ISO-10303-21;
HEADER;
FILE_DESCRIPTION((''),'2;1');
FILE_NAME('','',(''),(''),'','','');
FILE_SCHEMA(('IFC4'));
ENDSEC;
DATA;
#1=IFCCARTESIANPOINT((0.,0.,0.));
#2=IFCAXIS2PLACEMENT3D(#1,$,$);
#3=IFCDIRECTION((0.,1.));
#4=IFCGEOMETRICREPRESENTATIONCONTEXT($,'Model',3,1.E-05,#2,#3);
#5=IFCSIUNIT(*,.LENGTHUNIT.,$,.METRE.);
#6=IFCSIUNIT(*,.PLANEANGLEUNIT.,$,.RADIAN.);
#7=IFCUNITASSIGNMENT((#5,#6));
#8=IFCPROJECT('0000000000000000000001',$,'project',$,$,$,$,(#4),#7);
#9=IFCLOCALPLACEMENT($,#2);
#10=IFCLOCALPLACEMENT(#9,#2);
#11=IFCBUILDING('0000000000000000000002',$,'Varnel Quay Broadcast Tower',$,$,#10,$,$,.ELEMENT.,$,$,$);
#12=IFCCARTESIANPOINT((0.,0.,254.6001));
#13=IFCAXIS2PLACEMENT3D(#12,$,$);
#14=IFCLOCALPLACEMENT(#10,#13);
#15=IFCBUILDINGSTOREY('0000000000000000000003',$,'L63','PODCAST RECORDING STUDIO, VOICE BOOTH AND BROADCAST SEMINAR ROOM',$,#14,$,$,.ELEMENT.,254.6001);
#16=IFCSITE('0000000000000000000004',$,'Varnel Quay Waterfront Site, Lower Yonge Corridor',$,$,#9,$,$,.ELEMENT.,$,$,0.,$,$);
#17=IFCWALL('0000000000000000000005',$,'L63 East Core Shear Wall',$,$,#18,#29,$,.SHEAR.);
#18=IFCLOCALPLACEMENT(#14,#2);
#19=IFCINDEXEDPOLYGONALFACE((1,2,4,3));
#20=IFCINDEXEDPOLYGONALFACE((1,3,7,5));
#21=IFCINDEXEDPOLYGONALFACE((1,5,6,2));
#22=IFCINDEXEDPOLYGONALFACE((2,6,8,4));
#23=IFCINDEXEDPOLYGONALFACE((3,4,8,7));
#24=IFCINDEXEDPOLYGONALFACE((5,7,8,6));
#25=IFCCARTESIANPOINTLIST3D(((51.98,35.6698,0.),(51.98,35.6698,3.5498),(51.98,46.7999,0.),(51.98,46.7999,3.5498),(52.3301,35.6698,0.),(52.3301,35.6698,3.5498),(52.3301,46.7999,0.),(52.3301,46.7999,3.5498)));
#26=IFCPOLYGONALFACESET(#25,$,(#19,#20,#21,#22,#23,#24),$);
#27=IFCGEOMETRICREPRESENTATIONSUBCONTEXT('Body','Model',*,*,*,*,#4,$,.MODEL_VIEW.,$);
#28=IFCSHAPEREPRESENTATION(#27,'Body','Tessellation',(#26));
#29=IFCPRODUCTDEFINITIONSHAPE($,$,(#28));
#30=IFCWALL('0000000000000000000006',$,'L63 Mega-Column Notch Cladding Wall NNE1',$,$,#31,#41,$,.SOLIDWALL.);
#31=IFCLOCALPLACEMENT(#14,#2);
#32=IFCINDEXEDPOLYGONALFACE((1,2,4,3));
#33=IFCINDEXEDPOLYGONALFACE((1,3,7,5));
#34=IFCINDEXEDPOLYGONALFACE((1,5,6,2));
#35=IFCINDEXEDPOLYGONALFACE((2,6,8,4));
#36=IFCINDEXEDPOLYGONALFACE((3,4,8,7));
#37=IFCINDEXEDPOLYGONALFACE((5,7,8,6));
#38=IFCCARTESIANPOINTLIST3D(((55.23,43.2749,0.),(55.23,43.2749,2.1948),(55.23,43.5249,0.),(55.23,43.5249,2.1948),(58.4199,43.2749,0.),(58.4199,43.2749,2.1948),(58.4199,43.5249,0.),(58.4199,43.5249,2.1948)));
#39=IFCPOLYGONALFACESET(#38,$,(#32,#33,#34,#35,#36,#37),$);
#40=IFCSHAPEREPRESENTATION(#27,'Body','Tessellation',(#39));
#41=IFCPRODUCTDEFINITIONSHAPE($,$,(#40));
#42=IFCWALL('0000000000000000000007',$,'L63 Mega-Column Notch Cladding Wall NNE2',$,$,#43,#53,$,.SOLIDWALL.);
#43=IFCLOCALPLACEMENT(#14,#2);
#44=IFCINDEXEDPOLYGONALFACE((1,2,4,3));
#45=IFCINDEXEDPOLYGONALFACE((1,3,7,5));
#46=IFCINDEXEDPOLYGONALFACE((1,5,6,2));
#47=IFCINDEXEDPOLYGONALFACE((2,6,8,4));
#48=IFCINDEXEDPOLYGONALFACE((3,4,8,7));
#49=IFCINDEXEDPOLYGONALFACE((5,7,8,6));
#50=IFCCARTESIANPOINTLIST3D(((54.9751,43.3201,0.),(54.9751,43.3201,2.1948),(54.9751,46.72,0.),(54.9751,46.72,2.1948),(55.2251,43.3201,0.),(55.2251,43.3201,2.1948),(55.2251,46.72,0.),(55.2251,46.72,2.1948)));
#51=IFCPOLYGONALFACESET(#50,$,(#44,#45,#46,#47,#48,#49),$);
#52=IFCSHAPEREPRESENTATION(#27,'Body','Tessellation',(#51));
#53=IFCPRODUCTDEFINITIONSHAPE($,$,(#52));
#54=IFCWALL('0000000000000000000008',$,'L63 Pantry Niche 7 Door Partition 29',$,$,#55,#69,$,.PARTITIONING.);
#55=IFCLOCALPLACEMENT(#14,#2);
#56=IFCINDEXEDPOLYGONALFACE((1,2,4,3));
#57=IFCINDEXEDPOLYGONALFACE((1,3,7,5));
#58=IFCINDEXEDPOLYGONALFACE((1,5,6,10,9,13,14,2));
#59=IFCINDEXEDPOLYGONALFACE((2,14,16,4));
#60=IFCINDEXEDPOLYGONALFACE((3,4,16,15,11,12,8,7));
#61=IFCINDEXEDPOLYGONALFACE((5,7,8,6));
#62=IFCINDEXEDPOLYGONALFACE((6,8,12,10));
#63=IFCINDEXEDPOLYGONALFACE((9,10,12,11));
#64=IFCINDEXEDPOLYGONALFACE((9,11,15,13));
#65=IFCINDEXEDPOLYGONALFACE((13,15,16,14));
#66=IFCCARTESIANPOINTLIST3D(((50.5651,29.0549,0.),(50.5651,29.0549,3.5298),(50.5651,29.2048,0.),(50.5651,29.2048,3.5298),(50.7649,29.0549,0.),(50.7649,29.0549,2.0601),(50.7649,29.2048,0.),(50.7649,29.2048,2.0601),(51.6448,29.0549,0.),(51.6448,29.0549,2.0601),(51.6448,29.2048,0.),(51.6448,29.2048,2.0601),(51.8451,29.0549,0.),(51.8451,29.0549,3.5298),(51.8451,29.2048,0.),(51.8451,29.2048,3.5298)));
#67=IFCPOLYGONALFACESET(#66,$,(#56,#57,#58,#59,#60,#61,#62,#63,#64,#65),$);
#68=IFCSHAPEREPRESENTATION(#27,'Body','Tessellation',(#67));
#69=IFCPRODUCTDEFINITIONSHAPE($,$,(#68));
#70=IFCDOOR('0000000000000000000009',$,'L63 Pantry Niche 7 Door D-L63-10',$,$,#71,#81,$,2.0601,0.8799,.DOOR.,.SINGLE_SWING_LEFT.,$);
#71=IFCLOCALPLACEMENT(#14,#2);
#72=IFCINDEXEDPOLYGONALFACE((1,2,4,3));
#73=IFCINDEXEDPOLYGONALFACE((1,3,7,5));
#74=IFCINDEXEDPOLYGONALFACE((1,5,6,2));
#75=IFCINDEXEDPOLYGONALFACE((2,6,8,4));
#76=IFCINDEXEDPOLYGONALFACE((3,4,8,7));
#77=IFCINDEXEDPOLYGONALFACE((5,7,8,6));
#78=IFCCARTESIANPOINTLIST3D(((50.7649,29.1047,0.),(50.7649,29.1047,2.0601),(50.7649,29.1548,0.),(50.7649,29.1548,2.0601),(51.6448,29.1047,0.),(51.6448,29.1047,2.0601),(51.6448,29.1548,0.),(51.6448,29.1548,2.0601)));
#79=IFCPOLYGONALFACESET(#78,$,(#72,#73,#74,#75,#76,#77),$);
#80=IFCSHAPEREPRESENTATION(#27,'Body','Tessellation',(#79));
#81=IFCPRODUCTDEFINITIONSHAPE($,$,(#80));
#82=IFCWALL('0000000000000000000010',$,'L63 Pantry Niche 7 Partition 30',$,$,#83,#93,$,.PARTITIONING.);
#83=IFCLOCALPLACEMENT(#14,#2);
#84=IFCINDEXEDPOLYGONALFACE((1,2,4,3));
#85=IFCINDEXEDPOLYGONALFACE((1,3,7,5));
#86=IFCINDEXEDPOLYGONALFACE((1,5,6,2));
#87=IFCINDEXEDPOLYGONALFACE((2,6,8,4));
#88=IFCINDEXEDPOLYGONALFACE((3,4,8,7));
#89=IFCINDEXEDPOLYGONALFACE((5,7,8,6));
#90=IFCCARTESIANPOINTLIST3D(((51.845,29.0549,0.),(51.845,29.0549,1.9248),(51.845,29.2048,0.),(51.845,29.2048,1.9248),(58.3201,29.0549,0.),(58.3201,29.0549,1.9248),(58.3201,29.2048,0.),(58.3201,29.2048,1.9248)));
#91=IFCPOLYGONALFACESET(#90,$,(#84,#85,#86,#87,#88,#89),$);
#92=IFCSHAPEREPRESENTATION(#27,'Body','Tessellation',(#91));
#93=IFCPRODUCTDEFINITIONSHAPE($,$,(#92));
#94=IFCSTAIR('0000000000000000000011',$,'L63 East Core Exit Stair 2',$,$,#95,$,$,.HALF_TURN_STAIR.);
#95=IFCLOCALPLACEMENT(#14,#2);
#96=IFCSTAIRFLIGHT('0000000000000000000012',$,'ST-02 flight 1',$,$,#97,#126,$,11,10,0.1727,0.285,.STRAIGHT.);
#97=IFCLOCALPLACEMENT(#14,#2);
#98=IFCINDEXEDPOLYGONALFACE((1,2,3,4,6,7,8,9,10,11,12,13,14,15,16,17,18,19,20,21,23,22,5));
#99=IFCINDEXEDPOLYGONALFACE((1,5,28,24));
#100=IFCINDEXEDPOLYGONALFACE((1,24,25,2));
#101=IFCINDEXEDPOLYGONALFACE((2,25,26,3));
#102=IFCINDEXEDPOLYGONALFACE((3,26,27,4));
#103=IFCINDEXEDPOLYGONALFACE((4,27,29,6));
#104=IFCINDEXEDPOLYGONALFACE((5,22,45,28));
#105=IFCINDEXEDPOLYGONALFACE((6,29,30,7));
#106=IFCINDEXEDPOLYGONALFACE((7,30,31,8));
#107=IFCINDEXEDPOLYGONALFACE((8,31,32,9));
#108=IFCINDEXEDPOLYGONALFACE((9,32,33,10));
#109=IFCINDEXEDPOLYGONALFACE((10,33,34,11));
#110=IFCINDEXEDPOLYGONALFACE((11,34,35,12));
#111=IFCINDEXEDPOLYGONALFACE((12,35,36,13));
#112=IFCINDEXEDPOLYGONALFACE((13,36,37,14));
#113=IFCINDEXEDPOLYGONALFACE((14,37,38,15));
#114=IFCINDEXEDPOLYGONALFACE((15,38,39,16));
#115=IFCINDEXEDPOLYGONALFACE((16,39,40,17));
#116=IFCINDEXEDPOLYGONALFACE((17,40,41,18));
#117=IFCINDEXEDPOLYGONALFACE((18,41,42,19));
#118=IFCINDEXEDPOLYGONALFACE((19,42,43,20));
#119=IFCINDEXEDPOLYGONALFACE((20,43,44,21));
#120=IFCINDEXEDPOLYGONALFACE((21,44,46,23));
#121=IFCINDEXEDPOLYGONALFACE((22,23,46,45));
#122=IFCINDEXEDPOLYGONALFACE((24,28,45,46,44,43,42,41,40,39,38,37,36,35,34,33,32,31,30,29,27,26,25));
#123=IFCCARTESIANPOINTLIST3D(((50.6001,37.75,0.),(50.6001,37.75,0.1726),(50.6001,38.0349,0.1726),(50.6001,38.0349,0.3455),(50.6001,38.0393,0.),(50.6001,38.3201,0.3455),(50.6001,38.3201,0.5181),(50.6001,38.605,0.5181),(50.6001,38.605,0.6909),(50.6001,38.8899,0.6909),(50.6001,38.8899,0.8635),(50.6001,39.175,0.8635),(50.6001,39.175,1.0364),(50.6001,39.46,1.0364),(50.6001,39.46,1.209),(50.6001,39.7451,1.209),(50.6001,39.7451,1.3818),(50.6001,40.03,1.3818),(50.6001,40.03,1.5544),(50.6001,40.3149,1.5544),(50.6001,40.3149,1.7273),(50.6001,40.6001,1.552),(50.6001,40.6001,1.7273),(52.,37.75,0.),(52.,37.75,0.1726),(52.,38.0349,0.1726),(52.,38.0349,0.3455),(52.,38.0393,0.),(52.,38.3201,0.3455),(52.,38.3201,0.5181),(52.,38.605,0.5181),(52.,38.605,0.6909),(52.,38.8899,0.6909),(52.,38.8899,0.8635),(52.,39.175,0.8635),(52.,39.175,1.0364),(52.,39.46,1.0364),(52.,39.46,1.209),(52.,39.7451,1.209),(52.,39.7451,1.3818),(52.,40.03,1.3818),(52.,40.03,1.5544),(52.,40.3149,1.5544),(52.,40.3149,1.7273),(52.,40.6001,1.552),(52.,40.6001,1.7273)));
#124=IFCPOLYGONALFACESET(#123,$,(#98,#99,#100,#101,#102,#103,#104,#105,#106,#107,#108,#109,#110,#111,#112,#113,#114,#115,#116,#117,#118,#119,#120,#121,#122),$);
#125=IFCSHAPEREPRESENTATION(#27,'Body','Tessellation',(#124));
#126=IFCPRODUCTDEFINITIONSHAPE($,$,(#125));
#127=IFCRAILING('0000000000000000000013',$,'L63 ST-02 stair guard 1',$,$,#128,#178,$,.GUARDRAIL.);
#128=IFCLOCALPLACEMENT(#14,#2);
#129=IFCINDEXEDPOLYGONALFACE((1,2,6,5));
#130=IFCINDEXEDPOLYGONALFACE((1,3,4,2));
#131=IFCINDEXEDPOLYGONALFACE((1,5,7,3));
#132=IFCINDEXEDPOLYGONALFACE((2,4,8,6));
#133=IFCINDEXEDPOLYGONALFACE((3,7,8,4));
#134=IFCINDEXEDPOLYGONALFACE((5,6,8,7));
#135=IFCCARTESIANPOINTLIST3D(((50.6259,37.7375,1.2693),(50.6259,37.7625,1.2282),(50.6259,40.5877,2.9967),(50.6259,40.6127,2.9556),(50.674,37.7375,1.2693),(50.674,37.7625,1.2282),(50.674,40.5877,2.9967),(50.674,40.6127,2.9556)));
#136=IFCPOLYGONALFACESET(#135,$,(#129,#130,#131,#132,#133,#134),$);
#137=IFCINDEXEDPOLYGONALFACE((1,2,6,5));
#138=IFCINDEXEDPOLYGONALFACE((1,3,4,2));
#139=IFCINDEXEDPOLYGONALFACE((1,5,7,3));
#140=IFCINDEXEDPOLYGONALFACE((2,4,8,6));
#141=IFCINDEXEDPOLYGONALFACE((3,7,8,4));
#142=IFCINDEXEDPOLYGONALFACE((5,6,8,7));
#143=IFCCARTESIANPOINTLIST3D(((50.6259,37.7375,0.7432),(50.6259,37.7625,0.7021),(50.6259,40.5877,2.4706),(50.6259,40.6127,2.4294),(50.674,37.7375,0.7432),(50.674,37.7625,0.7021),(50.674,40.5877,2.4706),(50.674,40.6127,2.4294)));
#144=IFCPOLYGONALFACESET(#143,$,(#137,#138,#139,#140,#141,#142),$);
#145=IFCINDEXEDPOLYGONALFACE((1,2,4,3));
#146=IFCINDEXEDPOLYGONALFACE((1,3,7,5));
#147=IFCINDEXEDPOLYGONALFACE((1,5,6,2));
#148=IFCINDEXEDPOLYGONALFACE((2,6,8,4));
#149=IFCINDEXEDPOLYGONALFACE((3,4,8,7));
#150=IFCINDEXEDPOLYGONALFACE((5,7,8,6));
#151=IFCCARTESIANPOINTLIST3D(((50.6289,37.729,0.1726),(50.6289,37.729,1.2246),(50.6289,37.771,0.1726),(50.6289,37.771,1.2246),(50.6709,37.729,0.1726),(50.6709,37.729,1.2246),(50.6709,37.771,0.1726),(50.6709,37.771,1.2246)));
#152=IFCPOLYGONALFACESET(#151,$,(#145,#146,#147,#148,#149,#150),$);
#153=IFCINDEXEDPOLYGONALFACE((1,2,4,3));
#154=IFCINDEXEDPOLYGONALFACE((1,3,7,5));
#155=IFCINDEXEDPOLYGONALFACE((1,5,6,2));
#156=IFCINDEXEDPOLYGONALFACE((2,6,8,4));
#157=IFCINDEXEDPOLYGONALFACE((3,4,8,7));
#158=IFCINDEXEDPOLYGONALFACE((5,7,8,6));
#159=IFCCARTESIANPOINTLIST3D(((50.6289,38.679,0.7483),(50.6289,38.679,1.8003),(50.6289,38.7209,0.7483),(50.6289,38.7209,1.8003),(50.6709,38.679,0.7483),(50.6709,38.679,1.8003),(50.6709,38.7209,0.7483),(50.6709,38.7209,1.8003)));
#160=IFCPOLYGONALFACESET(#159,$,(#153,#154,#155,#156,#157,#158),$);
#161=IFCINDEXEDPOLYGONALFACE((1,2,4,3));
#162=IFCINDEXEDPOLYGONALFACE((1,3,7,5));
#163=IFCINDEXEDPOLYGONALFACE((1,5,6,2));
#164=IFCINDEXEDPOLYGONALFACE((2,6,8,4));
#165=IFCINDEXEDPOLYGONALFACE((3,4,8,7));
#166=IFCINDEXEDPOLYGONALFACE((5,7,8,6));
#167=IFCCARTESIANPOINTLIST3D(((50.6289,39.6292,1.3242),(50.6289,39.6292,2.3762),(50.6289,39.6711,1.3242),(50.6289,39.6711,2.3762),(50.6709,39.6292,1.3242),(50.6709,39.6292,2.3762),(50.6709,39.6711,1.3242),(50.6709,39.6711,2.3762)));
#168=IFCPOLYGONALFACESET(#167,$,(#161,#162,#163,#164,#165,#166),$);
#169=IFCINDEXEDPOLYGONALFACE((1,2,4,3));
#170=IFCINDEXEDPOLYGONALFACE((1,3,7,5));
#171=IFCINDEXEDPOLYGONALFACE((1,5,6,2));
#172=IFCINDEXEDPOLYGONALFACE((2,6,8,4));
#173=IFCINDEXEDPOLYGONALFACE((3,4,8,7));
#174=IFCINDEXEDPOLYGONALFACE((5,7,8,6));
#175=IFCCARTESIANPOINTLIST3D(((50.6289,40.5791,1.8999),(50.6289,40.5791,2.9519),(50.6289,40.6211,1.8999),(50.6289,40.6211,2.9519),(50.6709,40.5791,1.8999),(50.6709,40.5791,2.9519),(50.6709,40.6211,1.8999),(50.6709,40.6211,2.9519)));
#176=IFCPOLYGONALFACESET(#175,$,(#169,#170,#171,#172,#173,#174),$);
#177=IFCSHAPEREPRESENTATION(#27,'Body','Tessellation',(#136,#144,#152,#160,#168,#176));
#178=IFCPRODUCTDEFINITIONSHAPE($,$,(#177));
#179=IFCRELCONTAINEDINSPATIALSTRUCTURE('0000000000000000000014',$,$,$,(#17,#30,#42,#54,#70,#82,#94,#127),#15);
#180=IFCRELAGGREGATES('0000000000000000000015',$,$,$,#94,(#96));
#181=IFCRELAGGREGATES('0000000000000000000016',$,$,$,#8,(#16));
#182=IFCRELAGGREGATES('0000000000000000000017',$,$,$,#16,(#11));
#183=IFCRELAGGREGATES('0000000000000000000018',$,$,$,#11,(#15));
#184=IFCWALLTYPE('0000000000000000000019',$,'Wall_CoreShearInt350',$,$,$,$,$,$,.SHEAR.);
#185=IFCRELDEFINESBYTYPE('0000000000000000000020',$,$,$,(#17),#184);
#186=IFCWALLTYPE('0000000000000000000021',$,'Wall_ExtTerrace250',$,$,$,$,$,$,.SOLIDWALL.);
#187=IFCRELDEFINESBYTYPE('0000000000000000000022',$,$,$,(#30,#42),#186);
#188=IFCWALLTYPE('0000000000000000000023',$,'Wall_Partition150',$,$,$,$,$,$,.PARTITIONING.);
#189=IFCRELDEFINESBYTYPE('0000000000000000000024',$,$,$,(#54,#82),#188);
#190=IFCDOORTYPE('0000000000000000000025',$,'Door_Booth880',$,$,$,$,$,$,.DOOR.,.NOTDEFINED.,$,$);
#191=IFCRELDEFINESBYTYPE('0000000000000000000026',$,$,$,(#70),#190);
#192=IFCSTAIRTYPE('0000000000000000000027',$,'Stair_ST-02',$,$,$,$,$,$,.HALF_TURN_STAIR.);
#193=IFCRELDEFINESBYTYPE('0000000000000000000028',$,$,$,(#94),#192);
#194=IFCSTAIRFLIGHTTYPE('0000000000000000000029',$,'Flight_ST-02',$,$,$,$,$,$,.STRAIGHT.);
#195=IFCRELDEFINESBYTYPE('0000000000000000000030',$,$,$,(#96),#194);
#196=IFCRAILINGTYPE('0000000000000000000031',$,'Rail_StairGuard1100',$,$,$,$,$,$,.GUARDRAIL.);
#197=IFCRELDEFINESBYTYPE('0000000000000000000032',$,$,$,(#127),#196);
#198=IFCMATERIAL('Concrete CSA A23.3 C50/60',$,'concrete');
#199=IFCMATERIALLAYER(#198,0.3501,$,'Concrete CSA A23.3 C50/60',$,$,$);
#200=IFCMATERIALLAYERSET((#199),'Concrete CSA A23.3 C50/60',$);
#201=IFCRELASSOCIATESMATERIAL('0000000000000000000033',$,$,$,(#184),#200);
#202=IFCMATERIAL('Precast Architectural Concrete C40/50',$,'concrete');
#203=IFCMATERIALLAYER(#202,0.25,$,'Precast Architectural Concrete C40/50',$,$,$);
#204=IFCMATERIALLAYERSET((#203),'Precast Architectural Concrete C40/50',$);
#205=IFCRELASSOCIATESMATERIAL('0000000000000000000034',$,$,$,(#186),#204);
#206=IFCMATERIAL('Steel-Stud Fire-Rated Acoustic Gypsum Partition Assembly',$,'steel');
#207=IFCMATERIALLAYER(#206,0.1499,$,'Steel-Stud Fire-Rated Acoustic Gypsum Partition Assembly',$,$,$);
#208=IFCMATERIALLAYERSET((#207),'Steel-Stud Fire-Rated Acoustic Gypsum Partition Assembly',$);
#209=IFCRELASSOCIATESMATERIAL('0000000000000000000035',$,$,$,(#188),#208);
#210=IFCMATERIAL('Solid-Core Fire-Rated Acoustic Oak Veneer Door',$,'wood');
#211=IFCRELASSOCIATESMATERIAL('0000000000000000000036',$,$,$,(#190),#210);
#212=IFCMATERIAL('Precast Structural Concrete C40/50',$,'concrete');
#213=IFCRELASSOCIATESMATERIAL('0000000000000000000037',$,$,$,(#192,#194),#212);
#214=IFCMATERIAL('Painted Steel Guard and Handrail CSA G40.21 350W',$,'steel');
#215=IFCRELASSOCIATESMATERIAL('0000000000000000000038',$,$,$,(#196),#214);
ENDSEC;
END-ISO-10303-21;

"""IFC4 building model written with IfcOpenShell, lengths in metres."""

from ifc_helpers import new_model, si_unit, direction, frame, frame_2d, origin, origin_2d, place, context, subcontext, project, spatial, polyline, rectangle, outline, extrude, source, transform, mapped, material, layer, layer_set, type_object, type_shapes, element, fill, aggregate, save


model = new_model("IFC4")

# Units and contexts
model_context = context("Model", 3, precision=1e-05, world=origin(), true_north=direction((0.0, 1.0)))
body_context = subcontext(model_context, "Body", "Model", "MODEL_VIEW")
ifc_project = project(units=[si_unit("LENGTHUNIT", "METRE"), si_unit("PLANEANGLEUNIT", "RADIAN")], contexts=[model_context])

# Site, building, storey
site_placement = place(None, origin())
site = spatial("IfcSite", under=ifc_project, at=site_placement, Name="Varnel Quay Waterfront Site, Lower Yonge Corridor", CompositionType="ELEMENT", RefElevation=0.0)
building_placement = place(site_placement, origin())
building = spatial("IfcBuilding", under=site, at=building_placement, Name="Varnel Quay Broadcast Tower", CompositionType="ELEMENT")
storey_placement = place(building_placement, frame((0.0, 0.0, 254.6001)))
storey = spatial("IfcBuildingStorey", under=building, at=storey_placement, Name="L63", Description="PODCAST RECORDING STUDIO, VOICE BOOTH AND BROADCAST SEMINAR ROOM", CompositionType="ELEMENT", Elevation=254.6001)

# Walls
ifc_material_1 = material(Name="Concrete CSA A23.3 C50/60", Category="concrete")
ifc_layer_1 = layer(ifc_material_1, 0.3501, Name="Concrete CSA A23.3 C50/60")
ifc_layer_set_1 = layer_set([ifc_layer_1], Name="Concrete CSA A23.3 C50/60")
wall_type_1 = type_object("IfcWallType", Name="Wall_CoreShearInt350", PredefinedType="SHEAR", material=ifc_layer_set_1)
wall_1_placement = place(storey_placement, frame((52.155, 35.6699, 0.0), z_axis=(0.0, 0.0, 1.0), x_axis=(0.0, 1.0, 0.0)))
element("IfcWall", 1, at=wall_1_placement, inside=storey, type_object=wall_type_1, Name="L63 East Core Shear Wall", PredefinedType="SHEAR", context=body_context, shape_type="SweptSolid", body=[
    extrude(rectangle(XDim=11.1301, YDim=0.3501, at=frame_2d((5.5649, 0.0))), origin(), (0.0, 0.0, 1.0), 3.5498),
])
ifc_material_2 = material(Name="Precast Architectural Concrete C40/50", Category="concrete")
ifc_layer_2 = layer(ifc_material_2, 0.25, Name="Precast Architectural Concrete C40/50")
ifc_layer_set_2 = layer_set([ifc_layer_2], Name="Precast Architectural Concrete C40/50")
wall_type_2 = type_object("IfcWallType", Name="Wall_ExtTerrace250", PredefinedType="SOLIDWALL", material=ifc_layer_set_2)
wall_2_placement = place(storey_placement, frame((55.23, 43.3999, 0.0), z_axis=(0.0, 0.0, 1.0), x_axis=(1.0, 0.0, 0.0)))
element("IfcWall", 2, at=wall_2_placement, inside=storey, type_object=wall_type_2, Name="L63 Mega-Column Notch Cladding Wall NNE1", PredefinedType="SOLIDWALL", context=body_context, shape_type="SweptSolid", body=[
    extrude(rectangle(XDim=3.1899, YDim=0.25, at=frame_2d((1.595, 0.0))), origin(), (0.0, 0.0, 1.0), 2.1948),
])
wall_3_placement = place(storey_placement, frame((55.1001, 43.3201, 0.0), z_axis=(0.0, 0.0, 1.0), x_axis=(0.0, 1.0, 0.0)))
element("IfcWall", 3, at=wall_3_placement, inside=storey, type_object=wall_type_2, Name="L63 Mega-Column Notch Cladding Wall NNE2", PredefinedType="SOLIDWALL", context=body_context, shape_type="SweptSolid", body=[
    extrude(rectangle(XDim=3.3999, YDim=0.25, at=frame_2d((1.7, 0.0))), origin(), (0.0, 0.0, 1.0), 2.1948),
])

# Wall, opening, door
ifc_material_3 = material(Name="Steel-Stud Fire-Rated Acoustic Gypsum Partition Assembly", Category="steel")
ifc_layer_3 = layer(ifc_material_3, 0.1499, Name="Steel-Stud Fire-Rated Acoustic Gypsum Partition Assembly")
ifc_layer_set_3 = layer_set([ifc_layer_3], Name="Steel-Stud Fire-Rated Acoustic Gypsum Partition Assembly")
wall_type_3 = type_object("IfcWallType", Name="Wall_Partition150", PredefinedType="PARTITIONING", material=ifc_layer_set_3)
wall_4_placement = place(storey_placement, frame((50.5649, 29.1299, 0.0), z_axis=(0.0, 0.0, 1.0), x_axis=(1.0, 0.0, 0.0)))
wall_4 = element("IfcWall", 4, at=wall_4_placement, inside=storey, type_object=wall_type_3, Name="L63 Pantry Niche 7 Door Partition 29", PredefinedType="PARTITIONING", context=body_context, shape_type="SweptSolid", body=[
    extrude(rectangle(XDim=1.28, YDim=0.1499, at=frame_2d((0.6401, 0.0))), origin(), (0.0, 0.0, 1.0), 3.5298),
])
opening_placement = place(wall_4_placement, frame((0.2, 0.0, 0.0)))
opening = element("IfcOpeningElement", 5, at=opening_placement, cuts=wall_4, PredefinedType="OPENING", context=body_context, shape_type="SweptSolid", body=[
    extrude(rectangle(XDim=0.8799, YDim=2.0601, at=frame_2d((0.4399, 1.03))), frame((0.0, 0.085, 0.0), z_axis=(0.0, -1.0, 0.0), x_axis=(1.0, 0.0, 0.0)), (0.0, 0.0, 1.0), 0.1699),
])
ifc_material_4 = material(Name="Solid-Core Fire-Rated Acoustic Oak Veneer Door", Category="wood")
door_type = type_object("IfcDoorType", Name="Door_Booth880", OperationType="NOTDEFINED", PredefinedType="DOOR", material=ifc_material_4)
shared_shape_1 = source(origin(), body_context, "Body", "SweptSolid", [
    extrude(rectangle(XDim=0.8799, YDim=2.0601, at=frame_2d((0.4399, 1.03))), frame((0.0, 0.0249, 0.0), z_axis=(0.0, -1.0, 0.0), x_axis=(1.0, 0.0, 0.0)), (0.0, 0.0, 1.0), 0.05),
])
type_shapes(door_type, [shared_shape_1])
door_placement = place(opening_placement, origin())
door = element("IfcDoor", 6, at=door_placement, inside=storey, type_object=door_type, Name="L63 Pantry Niche 7 Door D-L63-10", OperationType="SINGLE_SWING_LEFT", OverallHeight=2.0601, OverallWidth=0.8799, PredefinedType="DOOR", context=body_context, shape_type="MappedRepresentation", body=[
    mapped(shared_shape_1, transform((0.0, 0.0, 0.0), x_axis=(1.0, 0.0, 0.0), y_axis=(0.0, 1.0, 0.0), z_axis=(0.0, 0.0, 1.0), scale=1.0)),
])
fill(opening, door)

# Wall
wall_5_placement = place(storey_placement, frame((51.845, 29.1299, 0.0), z_axis=(0.0, 0.0, 1.0), x_axis=(1.0, 0.0, 0.0)))
element("IfcWall", 7, at=wall_5_placement, inside=storey, type_object=wall_type_3, Name="L63 Pantry Niche 7 Partition 30", PredefinedType="PARTITIONING", context=body_context, shape_type="SweptSolid", body=[
    extrude(rectangle(XDim=6.4751, YDim=0.1499, at=frame_2d((3.2375, 0.0))), origin(), (0.0, 0.0, 1.0), 1.9248),
])

# Stair, stair flight
ifc_material_5 = material(Name="Precast Structural Concrete C40/50", Category="concrete")
stair_type = type_object("IfcStairType", Name="Stair_ST-02", PredefinedType="HALF_TURN_STAIR", material=ifc_material_5)
stair_placement = place(storey_placement, origin())
stair = element("IfcStair", 8, at=stair_placement, inside=storey, type_object=stair_type, Name="L63 East Core Exit Stair 2", PredefinedType="HALF_TURN_STAIR")
stair_flight_type = type_object("IfcStairFlightType", Name="Flight_ST-02", PredefinedType="STRAIGHT", material=ifc_material_5)
stair_flight_placement = place(storey_placement, frame((51.3, 37.75, 0.0), z_axis=(0.0, 0.0, 1.0), x_axis=(0.0, 1.0, 0.0)))
stair_flight = element("IfcStairFlight", 9, at=stair_flight_placement, type_object=stair_flight_type, Name="ST-02 flight 1", NumberOfRisers=11, NumberOfTreads=10, PredefinedType="STRAIGHT", RiserHeight=0.1727, TreadLength=0.285, context=body_context, shape_type="SweptSolid", body=[
    extrude(outline(polyline([(0.0, 0.0), (0.0, 0.1726), (0.2849, 0.1726), (0.2849, 0.3455), (0.5701, 0.3455), (0.5701, 0.5181), (0.855, 0.5181), (0.855, 0.6909), (1.1399, 0.6909), (1.1399, 0.8635), (1.425, 0.8635), (1.425, 1.0364), (1.71, 1.0364), (1.71, 1.209), (1.9951, 1.209), (1.9951, 1.3818), (2.28, 1.3818), (2.28, 1.5544), (2.5649, 1.5544), (2.5649, 1.7273), (2.8501, 1.7273), (2.8501, 1.8999), (2.8501, 1.552), (0.2893, 0.0), (0.0, 0.0)])), frame((0.0, 0.7, 0.0), z_axis=(0.0, -1.0, 0.0), x_axis=(1.0, 0.0, 0.0)), (0.0, 0.0, 1.0), 1.3999),
])
aggregate(stair, [stair_flight])

# Railing
ifc_material_6 = material(Name="Painted Steel Guard and Handrail CSA G40.21 350W", Category="steel")
railing_type_1 = type_object("IfcRailingType", Name="Rail_StairGuard1100", PredefinedType="GUARDRAIL", material=ifc_material_6)
railing_1_placement = place(storey_placement, frame((50.6499, 37.75, 0.1726)))
element("IfcRailing", 10, at=railing_1_placement, inside=storey, type_object=railing_type_1, Name="L63 ST-02 stair guard 1", PredefinedType="GUARDRAIL", context=body_context, shape_type="SweptSolid", body=[
    extrude(rectangle(XDim=0.0481, YDim=0.0481, at=origin_2d()), frame((0.0, 0.0, 1.0762), z_axis=(0.0, 0.855203, 0.518294), x_axis=(-1.0, 0.0, 0.0)), (0.0, 0.0, 1.0), 3.3328),
    extrude(rectangle(XDim=0.0481, YDim=0.0481, at=origin_2d()), frame((0.0, 0.0, 0.55), z_axis=(0.0, 0.855203, 0.518294), x_axis=(-1.0, 0.0, 0.0)), (0.0, 0.0, 1.0), 3.3328),
    extrude(rectangle(XDim=0.042, YDim=0.042, at=origin_2d()), origin(), (0.0, 0.0, 1.0), 1.052),
    extrude(rectangle(XDim=0.042, YDim=0.042, at=origin_2d()), frame((0.0, 0.95, 0.5757)), (0.0, 0.0, 1.0), 1.052),
    extrude(rectangle(XDim=0.042, YDim=0.042, at=origin_2d()), frame((0.0, 1.9001, 1.1516)), (0.0, 0.0, 1.0), 1.052),
    extrude(rectangle(XDim=0.042, YDim=0.042, at=origin_2d()), frame((0.0, 2.8501, 1.7273)), (0.0, 0.0, 1.0), 1.052),
])

save(model, "model.ifc")
